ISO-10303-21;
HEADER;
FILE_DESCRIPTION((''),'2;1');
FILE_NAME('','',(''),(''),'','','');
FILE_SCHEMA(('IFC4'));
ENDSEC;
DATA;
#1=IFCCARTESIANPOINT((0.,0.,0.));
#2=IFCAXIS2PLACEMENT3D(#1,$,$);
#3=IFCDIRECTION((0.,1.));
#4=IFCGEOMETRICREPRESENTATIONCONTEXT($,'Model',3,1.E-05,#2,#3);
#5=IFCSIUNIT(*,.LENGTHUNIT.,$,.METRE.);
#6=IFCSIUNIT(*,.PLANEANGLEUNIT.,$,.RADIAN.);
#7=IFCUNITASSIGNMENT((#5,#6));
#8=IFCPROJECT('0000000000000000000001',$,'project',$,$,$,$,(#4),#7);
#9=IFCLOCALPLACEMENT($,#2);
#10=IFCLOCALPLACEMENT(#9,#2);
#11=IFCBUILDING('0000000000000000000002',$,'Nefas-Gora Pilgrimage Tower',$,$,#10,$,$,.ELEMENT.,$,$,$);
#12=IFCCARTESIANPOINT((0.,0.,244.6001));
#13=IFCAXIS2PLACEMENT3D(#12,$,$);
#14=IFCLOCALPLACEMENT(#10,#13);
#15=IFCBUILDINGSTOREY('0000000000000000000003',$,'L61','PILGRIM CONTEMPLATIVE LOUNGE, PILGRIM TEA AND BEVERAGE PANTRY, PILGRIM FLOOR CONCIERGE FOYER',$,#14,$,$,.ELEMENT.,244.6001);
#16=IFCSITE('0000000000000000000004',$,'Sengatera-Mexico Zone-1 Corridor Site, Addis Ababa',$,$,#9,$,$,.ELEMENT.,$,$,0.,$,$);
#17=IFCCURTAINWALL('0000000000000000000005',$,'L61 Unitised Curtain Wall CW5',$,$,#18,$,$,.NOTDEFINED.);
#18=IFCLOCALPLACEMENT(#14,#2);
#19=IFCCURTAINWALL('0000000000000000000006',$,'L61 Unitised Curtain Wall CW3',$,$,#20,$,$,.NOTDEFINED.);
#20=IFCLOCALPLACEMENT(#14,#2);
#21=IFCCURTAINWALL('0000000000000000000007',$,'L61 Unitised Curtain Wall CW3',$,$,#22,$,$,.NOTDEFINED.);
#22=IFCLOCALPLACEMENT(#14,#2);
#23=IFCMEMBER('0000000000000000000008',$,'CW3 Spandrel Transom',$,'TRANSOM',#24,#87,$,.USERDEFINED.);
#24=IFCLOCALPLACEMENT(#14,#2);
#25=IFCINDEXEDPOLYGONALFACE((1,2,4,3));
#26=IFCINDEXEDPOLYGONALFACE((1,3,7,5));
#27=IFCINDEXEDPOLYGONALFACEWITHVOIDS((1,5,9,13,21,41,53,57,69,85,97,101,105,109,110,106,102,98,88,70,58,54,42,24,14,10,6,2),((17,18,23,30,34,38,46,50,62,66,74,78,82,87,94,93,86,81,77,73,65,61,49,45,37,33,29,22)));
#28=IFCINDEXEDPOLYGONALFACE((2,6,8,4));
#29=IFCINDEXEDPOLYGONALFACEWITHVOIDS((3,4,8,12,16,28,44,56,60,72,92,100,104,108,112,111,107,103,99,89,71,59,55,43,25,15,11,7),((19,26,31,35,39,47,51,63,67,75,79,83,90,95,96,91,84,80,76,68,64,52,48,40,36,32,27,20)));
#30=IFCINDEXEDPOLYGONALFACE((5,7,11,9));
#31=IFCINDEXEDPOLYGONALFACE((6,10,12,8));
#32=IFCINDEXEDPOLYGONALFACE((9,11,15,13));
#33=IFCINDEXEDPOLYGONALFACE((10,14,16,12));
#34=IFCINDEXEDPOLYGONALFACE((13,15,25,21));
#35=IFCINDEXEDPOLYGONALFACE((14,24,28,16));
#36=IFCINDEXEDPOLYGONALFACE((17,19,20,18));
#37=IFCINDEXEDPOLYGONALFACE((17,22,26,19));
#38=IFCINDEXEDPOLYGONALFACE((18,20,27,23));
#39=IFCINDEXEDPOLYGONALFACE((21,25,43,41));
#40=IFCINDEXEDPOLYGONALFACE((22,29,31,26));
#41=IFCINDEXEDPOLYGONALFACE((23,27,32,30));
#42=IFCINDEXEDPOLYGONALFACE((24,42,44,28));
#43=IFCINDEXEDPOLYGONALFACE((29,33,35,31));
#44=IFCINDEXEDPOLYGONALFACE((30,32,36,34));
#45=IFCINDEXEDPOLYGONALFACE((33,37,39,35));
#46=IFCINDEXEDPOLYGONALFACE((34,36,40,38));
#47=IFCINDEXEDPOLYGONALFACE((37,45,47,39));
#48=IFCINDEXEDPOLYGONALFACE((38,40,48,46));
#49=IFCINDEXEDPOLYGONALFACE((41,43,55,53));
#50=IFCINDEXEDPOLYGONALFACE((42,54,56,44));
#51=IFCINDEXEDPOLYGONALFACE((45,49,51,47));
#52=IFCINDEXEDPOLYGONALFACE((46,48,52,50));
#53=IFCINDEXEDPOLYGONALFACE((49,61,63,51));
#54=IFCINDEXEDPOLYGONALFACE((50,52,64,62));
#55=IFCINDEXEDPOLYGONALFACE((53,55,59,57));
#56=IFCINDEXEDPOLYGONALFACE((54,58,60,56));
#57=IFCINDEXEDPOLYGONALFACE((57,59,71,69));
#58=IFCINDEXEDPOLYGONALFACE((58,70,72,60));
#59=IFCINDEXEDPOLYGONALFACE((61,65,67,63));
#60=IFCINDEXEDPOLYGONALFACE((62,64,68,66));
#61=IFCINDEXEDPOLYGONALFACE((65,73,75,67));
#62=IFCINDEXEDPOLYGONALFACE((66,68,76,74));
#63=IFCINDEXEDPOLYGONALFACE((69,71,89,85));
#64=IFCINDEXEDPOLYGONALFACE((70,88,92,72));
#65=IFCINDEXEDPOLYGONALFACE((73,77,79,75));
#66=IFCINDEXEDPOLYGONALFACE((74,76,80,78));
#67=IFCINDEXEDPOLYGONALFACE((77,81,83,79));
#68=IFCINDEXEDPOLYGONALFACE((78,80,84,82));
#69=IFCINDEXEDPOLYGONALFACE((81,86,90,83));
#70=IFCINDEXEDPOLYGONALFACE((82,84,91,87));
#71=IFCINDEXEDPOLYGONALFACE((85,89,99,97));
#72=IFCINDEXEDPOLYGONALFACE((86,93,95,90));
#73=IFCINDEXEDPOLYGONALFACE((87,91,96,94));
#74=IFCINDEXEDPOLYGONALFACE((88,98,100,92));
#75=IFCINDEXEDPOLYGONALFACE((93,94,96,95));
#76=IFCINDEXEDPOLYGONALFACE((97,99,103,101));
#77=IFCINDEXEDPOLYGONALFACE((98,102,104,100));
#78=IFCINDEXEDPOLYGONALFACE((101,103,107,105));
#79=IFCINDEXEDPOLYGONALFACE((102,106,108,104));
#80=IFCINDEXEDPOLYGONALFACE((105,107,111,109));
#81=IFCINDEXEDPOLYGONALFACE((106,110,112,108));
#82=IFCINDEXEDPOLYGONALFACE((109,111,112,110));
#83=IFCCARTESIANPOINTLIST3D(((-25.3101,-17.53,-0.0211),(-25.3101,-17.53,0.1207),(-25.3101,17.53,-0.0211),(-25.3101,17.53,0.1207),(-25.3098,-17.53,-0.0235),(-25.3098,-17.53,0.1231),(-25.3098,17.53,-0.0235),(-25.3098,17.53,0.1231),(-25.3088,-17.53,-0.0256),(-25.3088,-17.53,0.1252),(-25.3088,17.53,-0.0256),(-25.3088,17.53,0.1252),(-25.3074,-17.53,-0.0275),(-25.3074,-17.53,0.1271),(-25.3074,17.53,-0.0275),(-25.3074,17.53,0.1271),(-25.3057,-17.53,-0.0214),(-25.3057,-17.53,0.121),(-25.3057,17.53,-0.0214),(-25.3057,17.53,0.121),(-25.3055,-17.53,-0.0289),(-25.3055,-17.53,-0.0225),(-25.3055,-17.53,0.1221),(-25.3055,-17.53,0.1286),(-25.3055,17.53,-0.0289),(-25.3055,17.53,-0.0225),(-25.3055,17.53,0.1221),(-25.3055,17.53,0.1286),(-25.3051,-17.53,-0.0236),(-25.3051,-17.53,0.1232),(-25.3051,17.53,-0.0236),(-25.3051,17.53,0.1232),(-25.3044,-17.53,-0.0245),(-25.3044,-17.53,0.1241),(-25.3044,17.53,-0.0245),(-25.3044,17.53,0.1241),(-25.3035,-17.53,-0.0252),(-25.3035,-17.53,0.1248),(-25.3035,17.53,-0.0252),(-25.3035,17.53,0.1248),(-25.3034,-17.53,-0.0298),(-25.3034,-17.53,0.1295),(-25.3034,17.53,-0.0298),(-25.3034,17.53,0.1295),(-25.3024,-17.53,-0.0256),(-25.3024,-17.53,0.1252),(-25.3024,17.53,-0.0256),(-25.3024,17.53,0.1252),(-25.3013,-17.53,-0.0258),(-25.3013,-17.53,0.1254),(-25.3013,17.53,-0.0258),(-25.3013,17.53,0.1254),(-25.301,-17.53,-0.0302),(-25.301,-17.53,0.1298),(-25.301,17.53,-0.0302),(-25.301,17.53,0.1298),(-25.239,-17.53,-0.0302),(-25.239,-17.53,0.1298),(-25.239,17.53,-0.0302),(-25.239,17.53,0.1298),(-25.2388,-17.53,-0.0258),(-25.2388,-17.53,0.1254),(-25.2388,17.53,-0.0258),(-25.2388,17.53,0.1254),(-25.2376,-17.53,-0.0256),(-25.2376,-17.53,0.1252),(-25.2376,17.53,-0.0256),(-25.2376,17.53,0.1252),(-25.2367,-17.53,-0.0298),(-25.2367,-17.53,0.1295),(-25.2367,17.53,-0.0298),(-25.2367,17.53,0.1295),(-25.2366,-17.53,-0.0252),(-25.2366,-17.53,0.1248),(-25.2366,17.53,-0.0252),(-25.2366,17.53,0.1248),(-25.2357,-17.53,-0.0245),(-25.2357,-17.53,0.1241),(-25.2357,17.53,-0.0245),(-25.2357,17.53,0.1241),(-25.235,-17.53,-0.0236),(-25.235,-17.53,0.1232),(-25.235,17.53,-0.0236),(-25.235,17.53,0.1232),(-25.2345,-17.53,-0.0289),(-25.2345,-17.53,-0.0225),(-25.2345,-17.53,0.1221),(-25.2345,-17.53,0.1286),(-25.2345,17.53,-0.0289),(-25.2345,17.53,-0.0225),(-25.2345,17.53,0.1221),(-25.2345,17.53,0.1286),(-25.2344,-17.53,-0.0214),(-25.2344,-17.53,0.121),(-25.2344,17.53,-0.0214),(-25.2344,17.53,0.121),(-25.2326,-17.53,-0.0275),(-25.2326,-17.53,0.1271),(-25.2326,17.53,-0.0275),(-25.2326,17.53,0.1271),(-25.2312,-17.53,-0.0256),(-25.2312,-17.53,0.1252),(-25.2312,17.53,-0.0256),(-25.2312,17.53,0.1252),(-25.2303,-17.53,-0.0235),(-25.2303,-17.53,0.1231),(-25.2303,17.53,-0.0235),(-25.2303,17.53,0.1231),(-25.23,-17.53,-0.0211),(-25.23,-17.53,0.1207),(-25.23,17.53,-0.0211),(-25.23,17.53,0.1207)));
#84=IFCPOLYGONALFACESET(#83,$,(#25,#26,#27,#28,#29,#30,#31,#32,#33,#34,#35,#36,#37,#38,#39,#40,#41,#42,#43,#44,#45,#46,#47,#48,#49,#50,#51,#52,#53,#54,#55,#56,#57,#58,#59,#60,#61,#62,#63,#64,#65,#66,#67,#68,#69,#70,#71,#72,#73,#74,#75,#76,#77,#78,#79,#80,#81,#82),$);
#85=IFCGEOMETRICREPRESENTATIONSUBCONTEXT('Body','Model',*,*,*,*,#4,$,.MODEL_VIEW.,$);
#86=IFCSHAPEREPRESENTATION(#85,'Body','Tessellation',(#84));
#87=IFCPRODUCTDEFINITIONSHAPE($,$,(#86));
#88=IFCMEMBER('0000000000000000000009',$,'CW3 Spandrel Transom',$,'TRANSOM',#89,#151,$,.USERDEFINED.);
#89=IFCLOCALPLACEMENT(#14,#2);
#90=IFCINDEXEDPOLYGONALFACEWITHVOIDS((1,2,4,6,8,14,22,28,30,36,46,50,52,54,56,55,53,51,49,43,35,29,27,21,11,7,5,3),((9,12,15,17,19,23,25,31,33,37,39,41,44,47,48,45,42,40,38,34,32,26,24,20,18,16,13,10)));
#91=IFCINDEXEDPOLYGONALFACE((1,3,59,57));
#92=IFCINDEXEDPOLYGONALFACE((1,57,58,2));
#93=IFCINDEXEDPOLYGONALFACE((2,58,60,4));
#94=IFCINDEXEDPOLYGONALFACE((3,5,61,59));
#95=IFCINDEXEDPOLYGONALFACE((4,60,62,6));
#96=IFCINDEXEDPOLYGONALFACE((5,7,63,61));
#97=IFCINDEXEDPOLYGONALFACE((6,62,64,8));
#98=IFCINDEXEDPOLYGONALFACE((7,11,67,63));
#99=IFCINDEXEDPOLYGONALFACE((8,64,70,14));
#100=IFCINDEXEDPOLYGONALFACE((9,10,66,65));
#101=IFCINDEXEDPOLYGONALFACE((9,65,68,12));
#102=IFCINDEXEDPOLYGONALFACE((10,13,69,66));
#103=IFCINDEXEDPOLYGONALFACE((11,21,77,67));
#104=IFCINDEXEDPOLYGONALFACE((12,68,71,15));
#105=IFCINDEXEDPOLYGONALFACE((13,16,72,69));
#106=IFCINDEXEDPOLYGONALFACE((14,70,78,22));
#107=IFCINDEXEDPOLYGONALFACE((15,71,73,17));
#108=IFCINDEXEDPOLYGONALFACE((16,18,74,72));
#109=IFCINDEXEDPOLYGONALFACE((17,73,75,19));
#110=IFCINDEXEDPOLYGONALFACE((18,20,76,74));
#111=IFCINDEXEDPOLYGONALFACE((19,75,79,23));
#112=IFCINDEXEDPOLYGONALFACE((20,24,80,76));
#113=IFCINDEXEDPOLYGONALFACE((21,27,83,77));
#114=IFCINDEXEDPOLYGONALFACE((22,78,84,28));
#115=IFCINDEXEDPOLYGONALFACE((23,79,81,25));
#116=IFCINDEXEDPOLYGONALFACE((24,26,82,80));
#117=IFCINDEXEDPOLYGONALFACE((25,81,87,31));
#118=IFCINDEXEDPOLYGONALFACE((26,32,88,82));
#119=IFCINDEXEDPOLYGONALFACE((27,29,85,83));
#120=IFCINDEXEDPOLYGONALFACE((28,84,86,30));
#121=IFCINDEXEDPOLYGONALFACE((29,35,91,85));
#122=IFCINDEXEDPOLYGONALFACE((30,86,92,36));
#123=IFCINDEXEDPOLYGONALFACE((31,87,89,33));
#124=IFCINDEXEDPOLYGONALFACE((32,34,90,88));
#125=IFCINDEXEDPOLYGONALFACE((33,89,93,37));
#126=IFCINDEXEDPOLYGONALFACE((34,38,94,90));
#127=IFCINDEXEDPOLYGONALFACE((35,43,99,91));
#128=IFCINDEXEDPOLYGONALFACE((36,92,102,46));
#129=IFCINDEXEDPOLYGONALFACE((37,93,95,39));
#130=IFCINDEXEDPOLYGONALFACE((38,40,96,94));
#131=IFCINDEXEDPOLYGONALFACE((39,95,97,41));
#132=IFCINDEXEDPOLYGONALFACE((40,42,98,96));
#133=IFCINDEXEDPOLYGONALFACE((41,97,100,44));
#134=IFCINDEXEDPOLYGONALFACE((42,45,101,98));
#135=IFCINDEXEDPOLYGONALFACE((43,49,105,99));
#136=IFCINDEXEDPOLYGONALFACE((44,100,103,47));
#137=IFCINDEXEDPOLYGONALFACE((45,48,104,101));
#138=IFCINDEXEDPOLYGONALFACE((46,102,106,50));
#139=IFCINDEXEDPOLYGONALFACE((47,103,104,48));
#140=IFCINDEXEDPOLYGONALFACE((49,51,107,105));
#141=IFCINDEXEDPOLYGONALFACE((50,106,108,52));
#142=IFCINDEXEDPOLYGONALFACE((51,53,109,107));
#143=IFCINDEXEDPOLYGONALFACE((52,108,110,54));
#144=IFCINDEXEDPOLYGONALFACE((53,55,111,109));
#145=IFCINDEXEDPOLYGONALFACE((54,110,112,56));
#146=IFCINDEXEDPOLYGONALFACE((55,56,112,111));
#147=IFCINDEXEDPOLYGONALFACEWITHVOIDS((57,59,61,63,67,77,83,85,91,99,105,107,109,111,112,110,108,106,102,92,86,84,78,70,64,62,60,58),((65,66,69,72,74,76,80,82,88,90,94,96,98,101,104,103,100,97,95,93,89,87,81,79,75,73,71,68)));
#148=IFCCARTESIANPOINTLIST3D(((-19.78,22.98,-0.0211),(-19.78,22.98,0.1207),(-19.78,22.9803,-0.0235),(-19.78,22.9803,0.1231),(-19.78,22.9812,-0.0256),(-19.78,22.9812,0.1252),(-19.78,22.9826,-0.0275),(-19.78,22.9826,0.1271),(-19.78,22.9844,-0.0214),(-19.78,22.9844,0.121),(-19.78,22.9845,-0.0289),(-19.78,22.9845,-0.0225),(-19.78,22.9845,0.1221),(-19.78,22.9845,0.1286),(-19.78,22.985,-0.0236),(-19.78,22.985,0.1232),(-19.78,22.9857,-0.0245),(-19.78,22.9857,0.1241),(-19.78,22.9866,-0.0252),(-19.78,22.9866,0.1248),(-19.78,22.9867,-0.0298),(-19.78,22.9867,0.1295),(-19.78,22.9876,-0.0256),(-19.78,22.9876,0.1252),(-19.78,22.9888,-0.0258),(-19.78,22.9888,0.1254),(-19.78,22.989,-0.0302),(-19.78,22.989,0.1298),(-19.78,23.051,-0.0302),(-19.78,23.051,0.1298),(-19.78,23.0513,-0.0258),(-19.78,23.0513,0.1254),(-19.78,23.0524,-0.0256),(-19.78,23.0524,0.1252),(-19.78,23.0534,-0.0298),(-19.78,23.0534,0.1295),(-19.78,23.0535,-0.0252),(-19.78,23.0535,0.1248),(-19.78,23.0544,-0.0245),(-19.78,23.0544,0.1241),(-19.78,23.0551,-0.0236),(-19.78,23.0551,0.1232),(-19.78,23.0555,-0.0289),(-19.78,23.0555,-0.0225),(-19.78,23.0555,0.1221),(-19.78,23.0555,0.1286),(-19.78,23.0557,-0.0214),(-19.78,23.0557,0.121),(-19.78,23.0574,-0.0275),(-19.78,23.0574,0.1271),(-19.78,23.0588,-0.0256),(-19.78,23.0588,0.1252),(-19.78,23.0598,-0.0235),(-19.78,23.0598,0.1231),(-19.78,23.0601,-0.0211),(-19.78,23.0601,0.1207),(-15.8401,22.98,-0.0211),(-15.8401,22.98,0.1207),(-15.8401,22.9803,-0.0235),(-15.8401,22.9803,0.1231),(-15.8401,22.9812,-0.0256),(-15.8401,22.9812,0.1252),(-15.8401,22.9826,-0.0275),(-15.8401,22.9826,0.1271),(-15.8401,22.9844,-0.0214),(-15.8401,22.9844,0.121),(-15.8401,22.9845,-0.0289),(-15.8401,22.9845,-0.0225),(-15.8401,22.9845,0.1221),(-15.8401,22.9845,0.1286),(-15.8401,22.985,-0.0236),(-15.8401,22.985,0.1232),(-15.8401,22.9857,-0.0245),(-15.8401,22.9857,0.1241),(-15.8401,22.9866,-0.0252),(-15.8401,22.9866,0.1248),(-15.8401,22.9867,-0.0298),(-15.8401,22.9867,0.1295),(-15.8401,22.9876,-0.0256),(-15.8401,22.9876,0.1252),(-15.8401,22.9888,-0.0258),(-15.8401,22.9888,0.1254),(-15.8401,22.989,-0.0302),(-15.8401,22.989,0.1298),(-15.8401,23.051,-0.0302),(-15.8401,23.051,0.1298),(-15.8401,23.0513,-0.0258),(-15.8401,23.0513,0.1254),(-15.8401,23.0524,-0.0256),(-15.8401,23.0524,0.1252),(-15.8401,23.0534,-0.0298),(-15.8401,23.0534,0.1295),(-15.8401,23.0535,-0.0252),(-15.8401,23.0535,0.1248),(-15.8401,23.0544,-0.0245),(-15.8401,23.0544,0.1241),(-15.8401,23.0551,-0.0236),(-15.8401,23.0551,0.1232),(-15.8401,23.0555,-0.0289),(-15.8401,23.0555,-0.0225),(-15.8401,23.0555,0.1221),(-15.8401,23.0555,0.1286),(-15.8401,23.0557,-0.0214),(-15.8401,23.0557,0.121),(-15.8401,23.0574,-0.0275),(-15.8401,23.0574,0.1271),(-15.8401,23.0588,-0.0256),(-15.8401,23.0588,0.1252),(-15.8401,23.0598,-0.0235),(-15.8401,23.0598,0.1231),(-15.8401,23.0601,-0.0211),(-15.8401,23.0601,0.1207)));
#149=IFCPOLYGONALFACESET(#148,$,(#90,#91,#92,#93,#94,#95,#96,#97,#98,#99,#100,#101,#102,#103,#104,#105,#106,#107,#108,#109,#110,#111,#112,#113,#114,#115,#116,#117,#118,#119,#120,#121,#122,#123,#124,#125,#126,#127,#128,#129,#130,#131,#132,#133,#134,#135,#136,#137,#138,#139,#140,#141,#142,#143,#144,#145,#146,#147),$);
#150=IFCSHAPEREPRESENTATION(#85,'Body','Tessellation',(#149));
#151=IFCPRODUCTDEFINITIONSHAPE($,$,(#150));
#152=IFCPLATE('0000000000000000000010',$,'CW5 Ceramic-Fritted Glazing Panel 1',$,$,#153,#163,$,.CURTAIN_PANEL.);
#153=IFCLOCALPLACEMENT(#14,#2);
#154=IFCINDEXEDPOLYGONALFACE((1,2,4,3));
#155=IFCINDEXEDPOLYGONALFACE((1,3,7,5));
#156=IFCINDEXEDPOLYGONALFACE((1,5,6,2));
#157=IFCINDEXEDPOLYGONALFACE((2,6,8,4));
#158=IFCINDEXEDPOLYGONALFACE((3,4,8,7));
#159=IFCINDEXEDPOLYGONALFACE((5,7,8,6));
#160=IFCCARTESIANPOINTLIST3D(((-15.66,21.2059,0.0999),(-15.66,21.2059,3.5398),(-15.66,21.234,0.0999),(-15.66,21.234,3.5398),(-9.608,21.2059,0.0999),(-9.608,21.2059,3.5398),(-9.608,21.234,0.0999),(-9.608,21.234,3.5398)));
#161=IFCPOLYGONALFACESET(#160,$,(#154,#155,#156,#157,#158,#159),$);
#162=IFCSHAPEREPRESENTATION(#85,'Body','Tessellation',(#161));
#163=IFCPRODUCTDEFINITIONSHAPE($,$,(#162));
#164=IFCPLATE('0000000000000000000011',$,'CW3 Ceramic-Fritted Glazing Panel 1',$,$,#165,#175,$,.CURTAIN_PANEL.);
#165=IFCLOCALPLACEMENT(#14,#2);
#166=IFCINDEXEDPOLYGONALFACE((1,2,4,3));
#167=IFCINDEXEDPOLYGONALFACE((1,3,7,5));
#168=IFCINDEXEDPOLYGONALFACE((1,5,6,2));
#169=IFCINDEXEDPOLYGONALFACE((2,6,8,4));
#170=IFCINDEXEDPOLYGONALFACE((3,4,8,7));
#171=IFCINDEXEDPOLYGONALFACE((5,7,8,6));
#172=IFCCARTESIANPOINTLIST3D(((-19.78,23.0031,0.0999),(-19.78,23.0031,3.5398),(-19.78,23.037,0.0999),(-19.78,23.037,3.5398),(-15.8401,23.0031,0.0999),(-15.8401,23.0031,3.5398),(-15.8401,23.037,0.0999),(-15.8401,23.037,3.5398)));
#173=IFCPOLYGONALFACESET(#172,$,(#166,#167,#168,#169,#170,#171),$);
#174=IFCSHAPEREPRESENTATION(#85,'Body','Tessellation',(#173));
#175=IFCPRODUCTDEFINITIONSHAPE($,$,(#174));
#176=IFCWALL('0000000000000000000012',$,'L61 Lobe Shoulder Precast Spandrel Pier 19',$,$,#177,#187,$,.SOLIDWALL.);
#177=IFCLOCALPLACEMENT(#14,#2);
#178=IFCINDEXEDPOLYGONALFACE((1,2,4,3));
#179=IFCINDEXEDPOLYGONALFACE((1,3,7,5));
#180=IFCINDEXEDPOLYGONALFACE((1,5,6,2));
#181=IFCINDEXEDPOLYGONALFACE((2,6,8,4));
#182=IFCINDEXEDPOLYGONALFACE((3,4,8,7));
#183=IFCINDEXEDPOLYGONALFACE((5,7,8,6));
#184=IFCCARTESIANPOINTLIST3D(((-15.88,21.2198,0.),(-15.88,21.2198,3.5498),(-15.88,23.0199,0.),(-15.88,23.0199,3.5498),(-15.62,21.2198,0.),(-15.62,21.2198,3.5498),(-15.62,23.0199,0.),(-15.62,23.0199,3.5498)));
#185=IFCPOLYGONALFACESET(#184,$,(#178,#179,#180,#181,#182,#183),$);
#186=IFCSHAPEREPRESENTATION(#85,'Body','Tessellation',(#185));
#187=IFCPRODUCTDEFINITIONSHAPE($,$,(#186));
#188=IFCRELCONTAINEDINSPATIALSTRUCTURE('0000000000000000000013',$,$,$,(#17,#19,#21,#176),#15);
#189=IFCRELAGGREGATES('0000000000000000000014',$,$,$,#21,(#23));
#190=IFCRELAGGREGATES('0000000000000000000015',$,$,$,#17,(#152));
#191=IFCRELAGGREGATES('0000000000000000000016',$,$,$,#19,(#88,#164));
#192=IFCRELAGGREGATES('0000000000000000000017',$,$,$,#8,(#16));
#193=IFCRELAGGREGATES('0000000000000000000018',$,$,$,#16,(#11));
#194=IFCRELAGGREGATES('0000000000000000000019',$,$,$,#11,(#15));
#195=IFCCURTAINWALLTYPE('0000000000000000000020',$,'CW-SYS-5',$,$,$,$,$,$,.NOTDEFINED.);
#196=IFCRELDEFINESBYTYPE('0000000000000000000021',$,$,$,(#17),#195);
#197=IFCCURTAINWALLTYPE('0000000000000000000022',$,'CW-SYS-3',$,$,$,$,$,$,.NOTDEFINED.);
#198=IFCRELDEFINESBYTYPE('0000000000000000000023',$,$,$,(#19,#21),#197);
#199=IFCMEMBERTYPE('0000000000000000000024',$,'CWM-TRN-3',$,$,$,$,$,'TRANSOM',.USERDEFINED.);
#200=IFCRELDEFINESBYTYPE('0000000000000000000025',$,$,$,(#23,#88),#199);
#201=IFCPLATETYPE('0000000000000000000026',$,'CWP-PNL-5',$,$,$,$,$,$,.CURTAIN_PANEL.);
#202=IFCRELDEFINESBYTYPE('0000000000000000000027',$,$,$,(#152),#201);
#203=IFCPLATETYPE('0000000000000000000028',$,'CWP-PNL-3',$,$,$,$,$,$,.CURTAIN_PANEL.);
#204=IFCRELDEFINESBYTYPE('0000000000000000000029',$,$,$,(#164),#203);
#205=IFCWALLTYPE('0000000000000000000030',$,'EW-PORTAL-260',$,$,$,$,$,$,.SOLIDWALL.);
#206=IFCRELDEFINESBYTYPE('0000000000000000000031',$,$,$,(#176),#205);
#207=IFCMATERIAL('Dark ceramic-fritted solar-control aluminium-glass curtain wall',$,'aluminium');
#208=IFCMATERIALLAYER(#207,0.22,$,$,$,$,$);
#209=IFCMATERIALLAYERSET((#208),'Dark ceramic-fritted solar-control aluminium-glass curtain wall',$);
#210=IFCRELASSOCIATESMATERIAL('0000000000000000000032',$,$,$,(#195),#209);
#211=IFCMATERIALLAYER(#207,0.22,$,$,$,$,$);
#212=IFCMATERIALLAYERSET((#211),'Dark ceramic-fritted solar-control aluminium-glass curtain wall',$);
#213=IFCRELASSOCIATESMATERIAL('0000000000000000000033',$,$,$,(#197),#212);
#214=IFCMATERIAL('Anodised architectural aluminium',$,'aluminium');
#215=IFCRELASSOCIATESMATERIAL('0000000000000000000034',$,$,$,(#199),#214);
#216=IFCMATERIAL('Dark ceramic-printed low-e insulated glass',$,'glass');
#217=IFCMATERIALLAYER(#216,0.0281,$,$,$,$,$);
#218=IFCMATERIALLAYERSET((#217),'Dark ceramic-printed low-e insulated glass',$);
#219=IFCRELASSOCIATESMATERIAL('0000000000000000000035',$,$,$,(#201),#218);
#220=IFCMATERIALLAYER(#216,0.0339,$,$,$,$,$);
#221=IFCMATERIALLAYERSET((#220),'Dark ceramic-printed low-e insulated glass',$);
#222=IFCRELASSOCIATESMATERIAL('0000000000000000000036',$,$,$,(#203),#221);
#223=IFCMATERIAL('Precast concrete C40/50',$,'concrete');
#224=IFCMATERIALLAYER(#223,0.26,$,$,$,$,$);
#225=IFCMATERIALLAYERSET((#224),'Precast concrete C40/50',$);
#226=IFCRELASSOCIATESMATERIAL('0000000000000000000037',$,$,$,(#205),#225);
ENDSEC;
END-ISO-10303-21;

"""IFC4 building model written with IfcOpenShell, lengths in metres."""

from ifc_helpers import new_model, si_unit, direction, frame, frame_2d, origin, origin_2d, place, context, subcontext, project, spatial, rectangle, hollow_rectangle, extrude, source, transform, mapped, material, layer, layer_set, material_profile, profile_set, type_object, element, aggregate, save


model = new_model("IFC4")

# Units and contexts
model_context = context("Model", 3, precision=1e-05, world=origin(), true_north=direction((0.0, 1.0)))
body_context = subcontext(model_context, "Body", "Model", "MODEL_VIEW")
ifc_project = project(units=[si_unit("LENGTHUNIT", "METRE"), si_unit("PLANEANGLEUNIT", "RADIAN")], contexts=[model_context])

# Site, building, storey
site_placement = place(None, origin())
site = spatial("IfcSite", under=ifc_project, at=site_placement, Name="Sengatera-Mexico Zone-1 Corridor Site, Addis Ababa", CompositionType="ELEMENT", RefElevation=0.0)
building_placement = place(site_placement, origin())
building = spatial("IfcBuilding", under=site, at=building_placement, Name="Nefas-Gora Pilgrimage Tower", CompositionType="ELEMENT")
storey_placement = place(building_placement, frame((0.0, 0.0, 244.6001)))
storey = spatial("IfcBuildingStorey", under=building, at=storey_placement, Name="L61", Description="PILGRIM CONTEMPLATIVE LOUNGE, PILGRIM TEA AND BEVERAGE PANTRY, PILGRIM FLOOR CONCIERGE FOYER", CompositionType="ELEMENT", Elevation=244.6001)

# Curtain walls, member
ifc_material_1 = material(Name="Dark ceramic-fritted solar-control aluminium-glass curtain wall", Category="aluminium")
ifc_layer_1 = layer(ifc_material_1, 0.22)
ifc_layer_set_1 = layer_set([ifc_layer_1], Name="Dark ceramic-fritted solar-control aluminium-glass curtain wall")
curtain_wall_type_1 = type_object("IfcCurtainWallType", Name="CW-SYS-5", PredefinedType="NOTDEFINED", material=ifc_layer_set_1)
curtain_wall_1_placement = place(storey_placement, origin())
curtain_wall_1 = element("IfcCurtainWall", 1, at=curtain_wall_1_placement, inside=storey, type_object=curtain_wall_type_1, Name="L61 Unitised Curtain Wall CW5", PredefinedType="NOTDEFINED")
ifc_material_2 = material(Name="Anodised architectural aluminium", Category="aluminium")
ifc_layer_2 = layer(ifc_material_1, 0.22)
ifc_layer_set_2 = layer_set([ifc_layer_2], Name="Dark ceramic-fritted solar-control aluminium-glass curtain wall")
curtain_wall_type_2 = type_object("IfcCurtainWallType", Name="CW-SYS-3", PredefinedType="NOTDEFINED", material=ifc_layer_set_2)
curtain_wall_2_placement = place(storey_placement, origin())
curtain_wall_2 = element("IfcCurtainWall", 2, at=curtain_wall_2_placement, inside=storey, type_object=curtain_wall_type_2, Name="L61 Unitised Curtain Wall CW3", PredefinedType="NOTDEFINED")
curtain_wall_3_placement = place(storey_placement, origin())
curtain_wall_3 = element("IfcCurtainWall", 3, at=curtain_wall_3_placement, inside=storey, type_object=curtain_wall_type_2, Name="L61 Unitised Curtain Wall CW3", PredefinedType="NOTDEFINED")
ifc_material_profile_1 = material_profile(ifc_material_2, hollow_rectangle(XDim=0.0801, YDim=0.1599, WallThickness=0.0044, InnerFilletRadius=0.0044, OuterFilletRadius=0.009, at=origin_2d()), Name="ALU TRANSOM 80x160")
ifc_profile_set_1 = profile_set([ifc_material_profile_1], Name="Anodised architectural aluminium")
member_type_1 = type_object("IfcMemberType", Name="CWM-TRN-3", ElementType="TRANSOM", PredefinedType="USERDEFINED", material=ifc_profile_set_1)
shared_shape_1 = source(origin(), body_context, "Body", "SweptSolid", [
    extrude(hollow_rectangle(XDim=0.0801, YDim=0.1599, WallThickness=0.0044, InnerFilletRadius=0.0044, OuterFilletRadius=0.009, at=origin_2d()), origin(), (0.0, 0.0, 1.0), 35.0601),
])
member_1_placement = place(storey_placement, frame((-25.27, 17.53, 0.0498), z_axis=(0.0, -1.0, 0.0), x_axis=(1.0, 0.0, 0.0)))
member_1 = element("IfcMember", 4, at=member_1_placement, type_object=member_type_1, Name="CW3 Spandrel Transom", ObjectType="TRANSOM", PredefinedType="USERDEFINED", context=body_context, shape_type="MappedRepresentation", body=[
    mapped(shared_shape_1, transform((0.0, 0.0, 0.0), x_axis=(1.0, 0.0, 0.0), y_axis=(0.0, 1.0, 0.0), z_axis=(0.0, 0.0, 1.0), scale=1.0)),
])
aggregate(curtain_wall_3, [member_1])

# Member
shared_shape_2 = source(origin(), body_context, "Body", "SweptSolid", [
    extrude(hollow_rectangle(XDim=0.0801, YDim=0.1599, WallThickness=0.0044, InnerFilletRadius=0.0044, OuterFilletRadius=0.009, at=origin_2d()), origin(), (0.0, 0.0, 1.0), 3.9399),
])
member_2_placement = place(storey_placement, frame((-15.8401, 23.02, 0.0498), z_axis=(-1.0, 0.0, 0.0), x_axis=(0.0, -1.0, 0.0)))
member_2 = element("IfcMember", 5, at=member_2_placement, type_object=member_type_1, Name="CW3 Spandrel Transom", ObjectType="TRANSOM", PredefinedType="USERDEFINED", context=body_context, shape_type="MappedRepresentation", body=[
    mapped(shared_shape_2, transform((0.0, 0.0, 0.0), x_axis=(1.0, 0.0, 0.0), y_axis=(0.0, 1.0, 0.0), z_axis=(0.0, 0.0, 1.0), scale=1.0)),
])

# Plates
ifc_material_3 = material(Name="Dark ceramic-printed low-e insulated glass", Category="glass")
ifc_layer_3 = layer(ifc_material_3, 0.0281)
ifc_layer_set_3 = layer_set([ifc_layer_3], Name="Dark ceramic-printed low-e insulated glass")
plate_type_1 = type_object("IfcPlateType", Name="CWP-PNL-5", PredefinedType="CURTAIN_PANEL", material=ifc_layer_set_3)
shared_shape_3 = source(origin(), body_context, "Body", "SweptSolid", [
    extrude(rectangle(XDim=6.052, YDim=0.0281, at=origin_2d()), origin(), (0.0, 0.0, 1.0), 3.4399),
])
plate_1_placement = place(storey_placement, frame((-12.634, 21.22, 0.0999), z_axis=(0.0, 0.0, 1.0), x_axis=(-1.0, 0.0, 0.0)))
plate_1 = element("IfcPlate", 6, at=plate_1_placement, type_object=plate_type_1, Name="CW5 Ceramic-Fritted Glazing Panel 1", PredefinedType="CURTAIN_PANEL", context=body_context, shape_type="MappedRepresentation", body=[
    mapped(shared_shape_3, transform((0.0, 0.0, 0.0), x_axis=(1.0, 0.0, 0.0), y_axis=(0.0, 1.0, 0.0), z_axis=(0.0, 0.0, 1.0), scale=1.0)),
])
aggregate(curtain_wall_1, [plate_1])
ifc_layer_4 = layer(ifc_material_3, 0.0339)
ifc_layer_set_4 = layer_set([ifc_layer_4], Name="Dark ceramic-printed low-e insulated glass")
plate_type_2 = type_object("IfcPlateType", Name="CWP-PNL-3", PredefinedType="CURTAIN_PANEL", material=ifc_layer_set_4)
shared_shape_4 = source(origin(), body_context, "Body", "SweptSolid", [
    extrude(rectangle(XDim=3.9399, YDim=0.0339, at=origin_2d()), origin(), (0.0, 0.0, 1.0), 3.4399),
])
plate_2_placement = place(storey_placement, frame((-17.8101, 23.02, 0.0999), z_axis=(0.0, 0.0, 1.0), x_axis=(-1.0, 0.0, 0.0)))
plate_2 = element("IfcPlate", 7, at=plate_2_placement, type_object=plate_type_2, Name="CW3 Ceramic-Fritted Glazing Panel 1", PredefinedType="CURTAIN_PANEL", context=body_context, shape_type="MappedRepresentation", body=[
    mapped(shared_shape_4, transform((0.0, 0.0, 0.0), x_axis=(1.0, 0.0, 0.0), y_axis=(0.0, 1.0, 0.0), z_axis=(0.0, 0.0, 1.0), scale=1.0)),
])
aggregate(curtain_wall_2, [member_2, plate_2])

# Wall
ifc_material_4 = material(Name="Precast concrete C40/50", Category="concrete")
ifc_layer_5 = layer(ifc_material_4, 0.26)
ifc_layer_set_5 = layer_set([ifc_layer_5], Name="Precast concrete C40/50")
wall_type_1 = type_object("IfcWallType", Name="EW-PORTAL-260", PredefinedType="SOLIDWALL", material=ifc_layer_set_5)
shared_shape_5 = source(origin(), body_context, "Body", "SweptSolid", [
    extrude(rectangle(XDim=1.8, YDim=0.26, at=frame_2d((0.8999, 0.0))), origin(), (0.0, 0.0, 1.0), 3.5498),
])
wall_1_placement = place(storey_placement, frame((-15.75, 21.22, 0.0), z_axis=(0.0, 0.0, 1.0), x_axis=(0.0, 1.0, 0.0)))
element("IfcWall", 8, at=wall_1_placement, inside=storey, type_object=wall_type_1, Name="L61 Lobe Shoulder Precast Spandrel Pier 19", PredefinedType="SOLIDWALL", context=body_context, shape_type="MappedRepresentation", body=[
    mapped(shared_shape_5, transform((0.0, 0.0, 0.0), x_axis=(1.0, 0.0, 0.0), y_axis=(0.0, 1.0, 0.0), z_axis=(0.0, 0.0, 1.0), scale=1.0)),
])

save(model, "model.ifc")
